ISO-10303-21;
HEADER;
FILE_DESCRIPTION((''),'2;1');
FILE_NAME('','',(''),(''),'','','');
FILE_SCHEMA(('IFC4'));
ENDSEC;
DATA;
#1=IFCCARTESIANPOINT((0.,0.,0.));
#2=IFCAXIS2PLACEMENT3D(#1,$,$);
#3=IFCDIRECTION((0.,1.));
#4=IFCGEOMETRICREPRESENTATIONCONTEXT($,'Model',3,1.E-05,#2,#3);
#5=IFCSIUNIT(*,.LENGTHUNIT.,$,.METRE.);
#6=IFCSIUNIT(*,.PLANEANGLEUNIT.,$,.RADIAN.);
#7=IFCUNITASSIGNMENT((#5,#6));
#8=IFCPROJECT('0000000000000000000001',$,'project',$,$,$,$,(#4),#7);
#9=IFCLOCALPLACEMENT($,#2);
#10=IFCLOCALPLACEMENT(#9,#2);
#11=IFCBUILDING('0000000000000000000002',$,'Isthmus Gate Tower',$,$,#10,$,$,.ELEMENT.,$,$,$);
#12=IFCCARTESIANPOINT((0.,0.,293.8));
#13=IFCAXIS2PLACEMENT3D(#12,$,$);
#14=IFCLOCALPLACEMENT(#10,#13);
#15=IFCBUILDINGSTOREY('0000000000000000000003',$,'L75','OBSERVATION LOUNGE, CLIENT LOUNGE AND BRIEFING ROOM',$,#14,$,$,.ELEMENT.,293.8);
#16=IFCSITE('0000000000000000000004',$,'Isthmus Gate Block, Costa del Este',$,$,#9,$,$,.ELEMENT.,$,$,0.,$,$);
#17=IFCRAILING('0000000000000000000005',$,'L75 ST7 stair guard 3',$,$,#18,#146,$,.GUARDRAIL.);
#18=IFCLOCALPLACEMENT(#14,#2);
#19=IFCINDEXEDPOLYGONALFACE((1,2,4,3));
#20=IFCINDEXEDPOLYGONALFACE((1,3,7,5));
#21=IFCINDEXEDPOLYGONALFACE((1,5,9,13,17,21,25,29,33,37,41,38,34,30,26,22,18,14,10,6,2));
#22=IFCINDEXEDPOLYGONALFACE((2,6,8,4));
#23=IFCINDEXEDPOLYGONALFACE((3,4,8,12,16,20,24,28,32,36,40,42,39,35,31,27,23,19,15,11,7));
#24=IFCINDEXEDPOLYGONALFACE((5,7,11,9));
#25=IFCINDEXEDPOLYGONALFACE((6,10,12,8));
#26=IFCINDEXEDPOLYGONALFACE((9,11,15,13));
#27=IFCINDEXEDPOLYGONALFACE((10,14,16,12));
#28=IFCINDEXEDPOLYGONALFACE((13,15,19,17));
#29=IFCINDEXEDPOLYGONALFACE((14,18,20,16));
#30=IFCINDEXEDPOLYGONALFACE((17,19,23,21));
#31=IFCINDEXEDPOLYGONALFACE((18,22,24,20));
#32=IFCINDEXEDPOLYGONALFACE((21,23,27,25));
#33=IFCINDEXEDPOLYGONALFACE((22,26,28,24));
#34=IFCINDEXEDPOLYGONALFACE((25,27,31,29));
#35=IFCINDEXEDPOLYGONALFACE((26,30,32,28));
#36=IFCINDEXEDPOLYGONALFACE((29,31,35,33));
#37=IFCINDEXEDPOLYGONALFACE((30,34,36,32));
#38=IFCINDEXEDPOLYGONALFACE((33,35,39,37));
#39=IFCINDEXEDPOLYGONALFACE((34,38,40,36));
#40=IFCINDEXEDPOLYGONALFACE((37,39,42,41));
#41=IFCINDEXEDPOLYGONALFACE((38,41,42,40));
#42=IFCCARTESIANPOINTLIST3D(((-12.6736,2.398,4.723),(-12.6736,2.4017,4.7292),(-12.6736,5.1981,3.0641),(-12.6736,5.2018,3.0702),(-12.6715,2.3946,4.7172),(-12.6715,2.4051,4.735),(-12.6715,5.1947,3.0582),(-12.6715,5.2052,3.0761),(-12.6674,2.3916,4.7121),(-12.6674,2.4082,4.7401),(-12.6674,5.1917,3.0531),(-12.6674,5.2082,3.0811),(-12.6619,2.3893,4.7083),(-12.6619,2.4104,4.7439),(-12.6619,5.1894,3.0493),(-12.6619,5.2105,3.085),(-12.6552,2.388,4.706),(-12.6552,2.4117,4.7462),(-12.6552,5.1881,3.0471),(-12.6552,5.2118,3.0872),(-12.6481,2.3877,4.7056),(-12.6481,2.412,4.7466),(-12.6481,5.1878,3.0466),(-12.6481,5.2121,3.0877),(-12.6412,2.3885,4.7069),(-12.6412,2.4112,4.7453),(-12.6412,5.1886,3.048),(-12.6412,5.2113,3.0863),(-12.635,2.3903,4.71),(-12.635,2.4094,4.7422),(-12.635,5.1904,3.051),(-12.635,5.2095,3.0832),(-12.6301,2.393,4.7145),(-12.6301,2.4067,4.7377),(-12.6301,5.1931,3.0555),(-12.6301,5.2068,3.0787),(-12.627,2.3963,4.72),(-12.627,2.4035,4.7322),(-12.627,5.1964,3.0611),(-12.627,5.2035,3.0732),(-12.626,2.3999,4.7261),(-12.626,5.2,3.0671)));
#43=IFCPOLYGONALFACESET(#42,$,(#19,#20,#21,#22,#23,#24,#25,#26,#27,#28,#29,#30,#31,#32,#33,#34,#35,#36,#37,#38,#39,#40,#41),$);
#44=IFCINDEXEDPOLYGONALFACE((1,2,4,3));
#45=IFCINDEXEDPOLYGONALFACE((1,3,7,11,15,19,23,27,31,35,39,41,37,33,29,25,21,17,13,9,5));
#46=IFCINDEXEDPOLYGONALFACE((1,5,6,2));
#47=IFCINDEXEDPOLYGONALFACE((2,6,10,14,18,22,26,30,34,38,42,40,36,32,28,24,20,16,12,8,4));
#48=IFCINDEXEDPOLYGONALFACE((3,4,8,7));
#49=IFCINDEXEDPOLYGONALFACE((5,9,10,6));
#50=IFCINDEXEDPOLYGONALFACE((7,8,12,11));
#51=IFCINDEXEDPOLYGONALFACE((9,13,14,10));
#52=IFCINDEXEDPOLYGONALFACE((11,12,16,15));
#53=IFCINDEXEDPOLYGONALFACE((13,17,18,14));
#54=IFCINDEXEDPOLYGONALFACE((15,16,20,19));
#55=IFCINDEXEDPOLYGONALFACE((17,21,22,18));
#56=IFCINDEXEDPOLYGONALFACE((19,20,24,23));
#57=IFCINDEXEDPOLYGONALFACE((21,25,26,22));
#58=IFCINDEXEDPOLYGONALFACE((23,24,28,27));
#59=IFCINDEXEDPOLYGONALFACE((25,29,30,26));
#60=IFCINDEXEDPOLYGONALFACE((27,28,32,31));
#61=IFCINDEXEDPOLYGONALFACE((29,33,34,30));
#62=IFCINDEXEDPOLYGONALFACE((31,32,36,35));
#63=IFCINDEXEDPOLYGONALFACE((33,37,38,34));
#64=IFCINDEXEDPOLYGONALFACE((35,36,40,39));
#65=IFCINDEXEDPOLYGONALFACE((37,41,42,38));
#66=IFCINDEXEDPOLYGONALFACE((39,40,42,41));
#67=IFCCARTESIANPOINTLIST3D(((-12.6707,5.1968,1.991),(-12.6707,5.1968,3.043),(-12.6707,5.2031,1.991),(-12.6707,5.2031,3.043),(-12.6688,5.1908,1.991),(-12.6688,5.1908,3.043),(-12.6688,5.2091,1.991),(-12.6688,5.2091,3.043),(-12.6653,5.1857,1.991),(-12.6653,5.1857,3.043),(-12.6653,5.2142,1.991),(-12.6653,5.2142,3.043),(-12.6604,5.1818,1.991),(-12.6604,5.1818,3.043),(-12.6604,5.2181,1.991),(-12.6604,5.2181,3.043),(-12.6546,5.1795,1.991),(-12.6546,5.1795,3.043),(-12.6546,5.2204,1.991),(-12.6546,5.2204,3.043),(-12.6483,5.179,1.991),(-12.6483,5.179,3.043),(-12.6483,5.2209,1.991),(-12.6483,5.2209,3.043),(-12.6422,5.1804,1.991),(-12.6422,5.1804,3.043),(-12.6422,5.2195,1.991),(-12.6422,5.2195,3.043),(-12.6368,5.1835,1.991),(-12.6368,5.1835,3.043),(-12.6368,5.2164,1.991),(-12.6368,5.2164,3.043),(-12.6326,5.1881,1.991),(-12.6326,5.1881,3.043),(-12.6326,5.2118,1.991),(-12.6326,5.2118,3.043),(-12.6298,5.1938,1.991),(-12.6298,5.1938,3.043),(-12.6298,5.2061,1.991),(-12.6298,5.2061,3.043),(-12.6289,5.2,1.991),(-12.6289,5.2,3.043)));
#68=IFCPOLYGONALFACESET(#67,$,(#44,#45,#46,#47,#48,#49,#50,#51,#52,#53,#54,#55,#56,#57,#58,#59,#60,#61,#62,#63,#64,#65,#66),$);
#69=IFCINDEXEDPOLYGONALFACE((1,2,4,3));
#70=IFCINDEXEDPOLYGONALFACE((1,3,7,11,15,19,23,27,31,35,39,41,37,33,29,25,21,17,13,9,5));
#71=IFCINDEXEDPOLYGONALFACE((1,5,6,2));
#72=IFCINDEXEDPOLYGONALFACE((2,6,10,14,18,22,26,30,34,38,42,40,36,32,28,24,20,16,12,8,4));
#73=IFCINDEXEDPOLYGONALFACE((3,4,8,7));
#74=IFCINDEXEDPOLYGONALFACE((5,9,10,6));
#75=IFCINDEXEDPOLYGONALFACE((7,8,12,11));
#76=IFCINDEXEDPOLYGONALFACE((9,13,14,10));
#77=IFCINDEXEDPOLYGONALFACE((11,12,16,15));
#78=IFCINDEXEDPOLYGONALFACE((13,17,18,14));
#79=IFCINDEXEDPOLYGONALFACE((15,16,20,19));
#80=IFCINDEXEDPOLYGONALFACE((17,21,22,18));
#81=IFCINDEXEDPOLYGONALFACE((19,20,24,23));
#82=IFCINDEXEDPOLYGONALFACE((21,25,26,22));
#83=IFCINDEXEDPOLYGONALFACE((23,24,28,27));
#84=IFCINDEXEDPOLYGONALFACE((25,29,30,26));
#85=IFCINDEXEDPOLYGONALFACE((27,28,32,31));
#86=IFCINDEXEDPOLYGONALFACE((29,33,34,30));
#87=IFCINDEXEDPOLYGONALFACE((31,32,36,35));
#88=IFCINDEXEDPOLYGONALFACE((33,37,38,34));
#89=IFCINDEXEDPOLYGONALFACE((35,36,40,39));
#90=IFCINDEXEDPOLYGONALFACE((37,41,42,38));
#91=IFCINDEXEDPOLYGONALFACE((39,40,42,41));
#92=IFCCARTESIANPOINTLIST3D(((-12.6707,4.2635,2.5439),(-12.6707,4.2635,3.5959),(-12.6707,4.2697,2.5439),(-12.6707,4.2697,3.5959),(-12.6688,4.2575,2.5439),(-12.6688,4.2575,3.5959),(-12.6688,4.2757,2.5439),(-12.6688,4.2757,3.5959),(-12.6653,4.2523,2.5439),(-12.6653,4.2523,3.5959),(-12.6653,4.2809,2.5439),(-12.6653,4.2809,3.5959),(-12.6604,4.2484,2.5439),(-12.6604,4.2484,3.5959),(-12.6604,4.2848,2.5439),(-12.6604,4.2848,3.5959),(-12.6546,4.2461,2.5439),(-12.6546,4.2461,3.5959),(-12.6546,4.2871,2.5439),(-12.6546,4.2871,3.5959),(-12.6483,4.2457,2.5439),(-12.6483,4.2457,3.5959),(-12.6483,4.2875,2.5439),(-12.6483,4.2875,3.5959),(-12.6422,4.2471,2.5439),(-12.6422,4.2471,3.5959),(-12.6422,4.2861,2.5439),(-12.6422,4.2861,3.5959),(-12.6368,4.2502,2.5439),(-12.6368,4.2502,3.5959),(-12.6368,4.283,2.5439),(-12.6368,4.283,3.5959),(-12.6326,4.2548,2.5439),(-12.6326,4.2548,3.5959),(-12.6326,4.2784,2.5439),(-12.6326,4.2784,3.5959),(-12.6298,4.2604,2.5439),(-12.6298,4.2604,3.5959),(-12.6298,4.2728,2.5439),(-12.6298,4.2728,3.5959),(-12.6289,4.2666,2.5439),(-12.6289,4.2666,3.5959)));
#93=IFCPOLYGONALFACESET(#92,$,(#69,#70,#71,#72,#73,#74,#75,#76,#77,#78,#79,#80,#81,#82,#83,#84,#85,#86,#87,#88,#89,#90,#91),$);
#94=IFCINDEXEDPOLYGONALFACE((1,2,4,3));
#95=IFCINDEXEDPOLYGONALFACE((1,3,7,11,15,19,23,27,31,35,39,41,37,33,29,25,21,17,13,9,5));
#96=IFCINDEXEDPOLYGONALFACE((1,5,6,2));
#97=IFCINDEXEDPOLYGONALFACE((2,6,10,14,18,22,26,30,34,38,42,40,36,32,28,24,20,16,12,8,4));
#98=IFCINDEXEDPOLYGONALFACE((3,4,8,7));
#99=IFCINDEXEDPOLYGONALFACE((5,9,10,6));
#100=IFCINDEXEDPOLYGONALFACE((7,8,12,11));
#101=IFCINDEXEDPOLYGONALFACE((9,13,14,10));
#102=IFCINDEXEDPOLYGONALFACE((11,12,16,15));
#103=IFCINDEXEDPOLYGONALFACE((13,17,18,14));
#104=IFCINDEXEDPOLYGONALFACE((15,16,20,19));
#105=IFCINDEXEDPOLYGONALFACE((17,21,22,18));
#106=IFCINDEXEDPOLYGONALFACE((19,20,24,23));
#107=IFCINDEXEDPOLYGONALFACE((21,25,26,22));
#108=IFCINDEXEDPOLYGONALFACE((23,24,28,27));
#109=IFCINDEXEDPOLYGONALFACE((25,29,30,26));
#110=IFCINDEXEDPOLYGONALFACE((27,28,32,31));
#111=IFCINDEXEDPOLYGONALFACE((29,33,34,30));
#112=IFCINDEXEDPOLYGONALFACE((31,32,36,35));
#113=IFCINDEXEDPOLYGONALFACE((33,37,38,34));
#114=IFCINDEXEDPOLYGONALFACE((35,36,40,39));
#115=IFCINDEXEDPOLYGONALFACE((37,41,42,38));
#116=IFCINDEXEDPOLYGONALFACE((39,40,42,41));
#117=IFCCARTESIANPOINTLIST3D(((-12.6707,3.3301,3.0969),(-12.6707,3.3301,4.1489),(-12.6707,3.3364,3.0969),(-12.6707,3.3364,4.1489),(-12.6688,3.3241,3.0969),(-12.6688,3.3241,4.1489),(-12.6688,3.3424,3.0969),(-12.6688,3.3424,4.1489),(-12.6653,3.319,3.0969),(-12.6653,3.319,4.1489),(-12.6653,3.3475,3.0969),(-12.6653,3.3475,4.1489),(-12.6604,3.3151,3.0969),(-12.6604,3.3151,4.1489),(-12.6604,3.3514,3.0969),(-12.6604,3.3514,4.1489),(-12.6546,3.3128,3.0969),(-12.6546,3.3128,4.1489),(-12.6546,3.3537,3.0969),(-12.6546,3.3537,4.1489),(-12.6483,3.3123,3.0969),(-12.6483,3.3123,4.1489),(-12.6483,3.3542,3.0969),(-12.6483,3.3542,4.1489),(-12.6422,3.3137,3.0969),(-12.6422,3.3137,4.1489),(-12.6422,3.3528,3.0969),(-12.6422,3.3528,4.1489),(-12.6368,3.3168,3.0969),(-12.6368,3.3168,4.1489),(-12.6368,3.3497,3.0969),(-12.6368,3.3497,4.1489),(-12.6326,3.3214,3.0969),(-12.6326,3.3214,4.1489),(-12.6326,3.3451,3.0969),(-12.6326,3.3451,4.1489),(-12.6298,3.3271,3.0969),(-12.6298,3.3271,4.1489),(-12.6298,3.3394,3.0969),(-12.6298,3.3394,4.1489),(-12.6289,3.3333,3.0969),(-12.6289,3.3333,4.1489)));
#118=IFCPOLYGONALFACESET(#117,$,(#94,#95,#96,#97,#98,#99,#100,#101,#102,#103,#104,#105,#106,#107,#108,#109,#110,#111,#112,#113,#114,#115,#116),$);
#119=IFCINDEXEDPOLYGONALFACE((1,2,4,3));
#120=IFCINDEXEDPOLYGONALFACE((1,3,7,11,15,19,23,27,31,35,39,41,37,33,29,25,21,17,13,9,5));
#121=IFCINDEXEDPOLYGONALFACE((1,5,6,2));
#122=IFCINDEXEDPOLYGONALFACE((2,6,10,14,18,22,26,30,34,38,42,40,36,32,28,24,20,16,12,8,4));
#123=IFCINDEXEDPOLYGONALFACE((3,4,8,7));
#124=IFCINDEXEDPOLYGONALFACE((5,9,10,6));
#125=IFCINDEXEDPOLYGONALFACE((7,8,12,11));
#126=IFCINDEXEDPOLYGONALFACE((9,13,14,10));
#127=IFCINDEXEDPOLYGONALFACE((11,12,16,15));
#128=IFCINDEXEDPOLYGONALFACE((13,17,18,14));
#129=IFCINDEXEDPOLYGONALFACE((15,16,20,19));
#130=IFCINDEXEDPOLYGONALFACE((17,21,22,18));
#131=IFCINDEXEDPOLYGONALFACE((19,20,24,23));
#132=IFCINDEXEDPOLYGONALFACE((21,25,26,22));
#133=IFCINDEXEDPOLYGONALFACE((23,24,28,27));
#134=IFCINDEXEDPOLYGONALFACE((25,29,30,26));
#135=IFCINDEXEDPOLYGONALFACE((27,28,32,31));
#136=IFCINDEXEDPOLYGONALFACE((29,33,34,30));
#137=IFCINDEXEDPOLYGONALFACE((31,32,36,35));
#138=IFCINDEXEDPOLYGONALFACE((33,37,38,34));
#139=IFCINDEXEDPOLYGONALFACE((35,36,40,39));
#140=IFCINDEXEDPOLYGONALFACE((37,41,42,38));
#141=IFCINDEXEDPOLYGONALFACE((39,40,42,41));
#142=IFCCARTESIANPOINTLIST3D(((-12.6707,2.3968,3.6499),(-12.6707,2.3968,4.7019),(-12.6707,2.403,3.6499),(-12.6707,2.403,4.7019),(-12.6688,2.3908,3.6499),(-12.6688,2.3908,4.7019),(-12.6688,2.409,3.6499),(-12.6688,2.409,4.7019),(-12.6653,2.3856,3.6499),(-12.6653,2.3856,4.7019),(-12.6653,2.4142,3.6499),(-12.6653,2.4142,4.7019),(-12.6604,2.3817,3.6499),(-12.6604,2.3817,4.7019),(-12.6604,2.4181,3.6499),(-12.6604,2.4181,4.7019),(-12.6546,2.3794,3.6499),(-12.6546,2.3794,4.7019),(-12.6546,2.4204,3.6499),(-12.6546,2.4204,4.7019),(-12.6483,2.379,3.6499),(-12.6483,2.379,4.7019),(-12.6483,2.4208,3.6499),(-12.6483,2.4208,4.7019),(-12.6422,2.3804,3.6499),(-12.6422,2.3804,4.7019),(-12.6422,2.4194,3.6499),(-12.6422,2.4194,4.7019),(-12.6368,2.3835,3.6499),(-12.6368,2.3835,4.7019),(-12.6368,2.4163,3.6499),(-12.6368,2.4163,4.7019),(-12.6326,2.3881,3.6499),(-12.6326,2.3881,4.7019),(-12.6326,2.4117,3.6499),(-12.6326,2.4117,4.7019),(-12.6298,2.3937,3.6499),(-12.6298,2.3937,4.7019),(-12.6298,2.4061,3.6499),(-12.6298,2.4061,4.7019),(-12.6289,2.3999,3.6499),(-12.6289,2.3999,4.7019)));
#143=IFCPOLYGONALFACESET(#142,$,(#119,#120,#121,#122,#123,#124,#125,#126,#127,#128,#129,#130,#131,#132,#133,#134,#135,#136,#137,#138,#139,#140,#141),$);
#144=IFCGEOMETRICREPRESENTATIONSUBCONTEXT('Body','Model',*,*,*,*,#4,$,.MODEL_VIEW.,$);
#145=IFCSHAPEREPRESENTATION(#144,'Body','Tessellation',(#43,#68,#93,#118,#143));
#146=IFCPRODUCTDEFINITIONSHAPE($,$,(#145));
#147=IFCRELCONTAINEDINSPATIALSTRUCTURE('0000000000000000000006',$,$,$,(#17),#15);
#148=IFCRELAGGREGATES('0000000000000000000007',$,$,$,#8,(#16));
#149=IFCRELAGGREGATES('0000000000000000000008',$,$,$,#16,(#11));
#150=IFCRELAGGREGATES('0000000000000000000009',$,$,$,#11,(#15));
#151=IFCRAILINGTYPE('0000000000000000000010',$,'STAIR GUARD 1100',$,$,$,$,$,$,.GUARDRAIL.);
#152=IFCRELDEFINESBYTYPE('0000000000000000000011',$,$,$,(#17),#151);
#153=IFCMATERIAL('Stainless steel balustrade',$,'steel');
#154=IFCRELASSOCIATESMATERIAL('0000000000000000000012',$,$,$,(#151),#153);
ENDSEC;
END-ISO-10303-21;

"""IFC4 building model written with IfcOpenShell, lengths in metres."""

from ifc_helpers import new_model, si_unit, direction, frame, origin, origin_2d, place, context, subcontext, project, spatial, circle, extrude, material, type_object, element, save


model = new_model("IFC4")

# Units and contexts
model_context = context("Model", 3, precision=1e-05, world=origin(), true_north=direction((0.0, 1.0)))
body_context = subcontext(model_context, "Body", "Model", "MODEL_VIEW")
ifc_project = project(units=[si_unit("LENGTHUNIT", "METRE"), si_unit("PLANEANGLEUNIT", "RADIAN")], contexts=[model_context])

# Site, building, storey
site_placement = place(None, origin())
site = spatial("IfcSite", under=ifc_project, at=site_placement, Name="Isthmus Gate Block, Costa del Este", CompositionType="ELEMENT", RefElevation=0.0)
building_placement = place(site_placement, origin())
building = spatial("IfcBuilding", under=site, at=building_placement, Name="Isthmus Gate Tower", CompositionType="ELEMENT")
storey_placement = place(building_placement, frame((0.0, 0.0, 293.8)))
storey = spatial("IfcBuildingStorey", under=building, at=storey_placement, Name="L75", Description="OBSERVATION LOUNGE, CLIENT LOUNGE AND BRIEFING ROOM", CompositionType="ELEMENT", Elevation=293.8)

# Railing
ifc_material_1 = material(Name="Stainless steel balustrade", Category="steel")
railing_type_1 = type_object("IfcRailingType", Name="STAIR GUARD 1100", PredefinedType="GUARDRAIL", material=ifc_material_1)
railing_1_placement = place(storey_placement, frame((-12.6499, 5.2, 1.991)))
element("IfcRailing", 1, at=railing_1_placement, inside=storey, type_object=railing_type_1, Name="L75 ST7 stair guard 3", PredefinedType="GUARDRAIL", context=body_context, shape_type="SweptSolid", body=[
    extrude(circle(Radius=0.0239, at=origin_2d()), frame((0.0, 0.0, 1.0762), z_axis=(0.0, -0.860339, 0.509722), x_axis=(1.0, 0.0, 0.0)), (0.0, 0.0, 1.0), 3.2546),
    extrude(circle(Radius=0.021, at=origin_2d()), origin(), (0.0, 0.0, 1.0), 1.052),
    extrude(circle(Radius=0.021, at=origin_2d()), frame((0.0, -0.9333, 0.553)), (0.0, 0.0, 1.0), 1.052),
    extrude(circle(Radius=0.021, at=origin_2d()), frame((0.0, -1.8667, 1.106)), (0.0, 0.0, 1.0), 1.052),
    extrude(circle(Radius=0.021, at=origin_2d()), frame((0.0, -2.8, 1.6589)), (0.0, 0.0, 1.0), 1.052),
])

save(model, "model.ifc")
